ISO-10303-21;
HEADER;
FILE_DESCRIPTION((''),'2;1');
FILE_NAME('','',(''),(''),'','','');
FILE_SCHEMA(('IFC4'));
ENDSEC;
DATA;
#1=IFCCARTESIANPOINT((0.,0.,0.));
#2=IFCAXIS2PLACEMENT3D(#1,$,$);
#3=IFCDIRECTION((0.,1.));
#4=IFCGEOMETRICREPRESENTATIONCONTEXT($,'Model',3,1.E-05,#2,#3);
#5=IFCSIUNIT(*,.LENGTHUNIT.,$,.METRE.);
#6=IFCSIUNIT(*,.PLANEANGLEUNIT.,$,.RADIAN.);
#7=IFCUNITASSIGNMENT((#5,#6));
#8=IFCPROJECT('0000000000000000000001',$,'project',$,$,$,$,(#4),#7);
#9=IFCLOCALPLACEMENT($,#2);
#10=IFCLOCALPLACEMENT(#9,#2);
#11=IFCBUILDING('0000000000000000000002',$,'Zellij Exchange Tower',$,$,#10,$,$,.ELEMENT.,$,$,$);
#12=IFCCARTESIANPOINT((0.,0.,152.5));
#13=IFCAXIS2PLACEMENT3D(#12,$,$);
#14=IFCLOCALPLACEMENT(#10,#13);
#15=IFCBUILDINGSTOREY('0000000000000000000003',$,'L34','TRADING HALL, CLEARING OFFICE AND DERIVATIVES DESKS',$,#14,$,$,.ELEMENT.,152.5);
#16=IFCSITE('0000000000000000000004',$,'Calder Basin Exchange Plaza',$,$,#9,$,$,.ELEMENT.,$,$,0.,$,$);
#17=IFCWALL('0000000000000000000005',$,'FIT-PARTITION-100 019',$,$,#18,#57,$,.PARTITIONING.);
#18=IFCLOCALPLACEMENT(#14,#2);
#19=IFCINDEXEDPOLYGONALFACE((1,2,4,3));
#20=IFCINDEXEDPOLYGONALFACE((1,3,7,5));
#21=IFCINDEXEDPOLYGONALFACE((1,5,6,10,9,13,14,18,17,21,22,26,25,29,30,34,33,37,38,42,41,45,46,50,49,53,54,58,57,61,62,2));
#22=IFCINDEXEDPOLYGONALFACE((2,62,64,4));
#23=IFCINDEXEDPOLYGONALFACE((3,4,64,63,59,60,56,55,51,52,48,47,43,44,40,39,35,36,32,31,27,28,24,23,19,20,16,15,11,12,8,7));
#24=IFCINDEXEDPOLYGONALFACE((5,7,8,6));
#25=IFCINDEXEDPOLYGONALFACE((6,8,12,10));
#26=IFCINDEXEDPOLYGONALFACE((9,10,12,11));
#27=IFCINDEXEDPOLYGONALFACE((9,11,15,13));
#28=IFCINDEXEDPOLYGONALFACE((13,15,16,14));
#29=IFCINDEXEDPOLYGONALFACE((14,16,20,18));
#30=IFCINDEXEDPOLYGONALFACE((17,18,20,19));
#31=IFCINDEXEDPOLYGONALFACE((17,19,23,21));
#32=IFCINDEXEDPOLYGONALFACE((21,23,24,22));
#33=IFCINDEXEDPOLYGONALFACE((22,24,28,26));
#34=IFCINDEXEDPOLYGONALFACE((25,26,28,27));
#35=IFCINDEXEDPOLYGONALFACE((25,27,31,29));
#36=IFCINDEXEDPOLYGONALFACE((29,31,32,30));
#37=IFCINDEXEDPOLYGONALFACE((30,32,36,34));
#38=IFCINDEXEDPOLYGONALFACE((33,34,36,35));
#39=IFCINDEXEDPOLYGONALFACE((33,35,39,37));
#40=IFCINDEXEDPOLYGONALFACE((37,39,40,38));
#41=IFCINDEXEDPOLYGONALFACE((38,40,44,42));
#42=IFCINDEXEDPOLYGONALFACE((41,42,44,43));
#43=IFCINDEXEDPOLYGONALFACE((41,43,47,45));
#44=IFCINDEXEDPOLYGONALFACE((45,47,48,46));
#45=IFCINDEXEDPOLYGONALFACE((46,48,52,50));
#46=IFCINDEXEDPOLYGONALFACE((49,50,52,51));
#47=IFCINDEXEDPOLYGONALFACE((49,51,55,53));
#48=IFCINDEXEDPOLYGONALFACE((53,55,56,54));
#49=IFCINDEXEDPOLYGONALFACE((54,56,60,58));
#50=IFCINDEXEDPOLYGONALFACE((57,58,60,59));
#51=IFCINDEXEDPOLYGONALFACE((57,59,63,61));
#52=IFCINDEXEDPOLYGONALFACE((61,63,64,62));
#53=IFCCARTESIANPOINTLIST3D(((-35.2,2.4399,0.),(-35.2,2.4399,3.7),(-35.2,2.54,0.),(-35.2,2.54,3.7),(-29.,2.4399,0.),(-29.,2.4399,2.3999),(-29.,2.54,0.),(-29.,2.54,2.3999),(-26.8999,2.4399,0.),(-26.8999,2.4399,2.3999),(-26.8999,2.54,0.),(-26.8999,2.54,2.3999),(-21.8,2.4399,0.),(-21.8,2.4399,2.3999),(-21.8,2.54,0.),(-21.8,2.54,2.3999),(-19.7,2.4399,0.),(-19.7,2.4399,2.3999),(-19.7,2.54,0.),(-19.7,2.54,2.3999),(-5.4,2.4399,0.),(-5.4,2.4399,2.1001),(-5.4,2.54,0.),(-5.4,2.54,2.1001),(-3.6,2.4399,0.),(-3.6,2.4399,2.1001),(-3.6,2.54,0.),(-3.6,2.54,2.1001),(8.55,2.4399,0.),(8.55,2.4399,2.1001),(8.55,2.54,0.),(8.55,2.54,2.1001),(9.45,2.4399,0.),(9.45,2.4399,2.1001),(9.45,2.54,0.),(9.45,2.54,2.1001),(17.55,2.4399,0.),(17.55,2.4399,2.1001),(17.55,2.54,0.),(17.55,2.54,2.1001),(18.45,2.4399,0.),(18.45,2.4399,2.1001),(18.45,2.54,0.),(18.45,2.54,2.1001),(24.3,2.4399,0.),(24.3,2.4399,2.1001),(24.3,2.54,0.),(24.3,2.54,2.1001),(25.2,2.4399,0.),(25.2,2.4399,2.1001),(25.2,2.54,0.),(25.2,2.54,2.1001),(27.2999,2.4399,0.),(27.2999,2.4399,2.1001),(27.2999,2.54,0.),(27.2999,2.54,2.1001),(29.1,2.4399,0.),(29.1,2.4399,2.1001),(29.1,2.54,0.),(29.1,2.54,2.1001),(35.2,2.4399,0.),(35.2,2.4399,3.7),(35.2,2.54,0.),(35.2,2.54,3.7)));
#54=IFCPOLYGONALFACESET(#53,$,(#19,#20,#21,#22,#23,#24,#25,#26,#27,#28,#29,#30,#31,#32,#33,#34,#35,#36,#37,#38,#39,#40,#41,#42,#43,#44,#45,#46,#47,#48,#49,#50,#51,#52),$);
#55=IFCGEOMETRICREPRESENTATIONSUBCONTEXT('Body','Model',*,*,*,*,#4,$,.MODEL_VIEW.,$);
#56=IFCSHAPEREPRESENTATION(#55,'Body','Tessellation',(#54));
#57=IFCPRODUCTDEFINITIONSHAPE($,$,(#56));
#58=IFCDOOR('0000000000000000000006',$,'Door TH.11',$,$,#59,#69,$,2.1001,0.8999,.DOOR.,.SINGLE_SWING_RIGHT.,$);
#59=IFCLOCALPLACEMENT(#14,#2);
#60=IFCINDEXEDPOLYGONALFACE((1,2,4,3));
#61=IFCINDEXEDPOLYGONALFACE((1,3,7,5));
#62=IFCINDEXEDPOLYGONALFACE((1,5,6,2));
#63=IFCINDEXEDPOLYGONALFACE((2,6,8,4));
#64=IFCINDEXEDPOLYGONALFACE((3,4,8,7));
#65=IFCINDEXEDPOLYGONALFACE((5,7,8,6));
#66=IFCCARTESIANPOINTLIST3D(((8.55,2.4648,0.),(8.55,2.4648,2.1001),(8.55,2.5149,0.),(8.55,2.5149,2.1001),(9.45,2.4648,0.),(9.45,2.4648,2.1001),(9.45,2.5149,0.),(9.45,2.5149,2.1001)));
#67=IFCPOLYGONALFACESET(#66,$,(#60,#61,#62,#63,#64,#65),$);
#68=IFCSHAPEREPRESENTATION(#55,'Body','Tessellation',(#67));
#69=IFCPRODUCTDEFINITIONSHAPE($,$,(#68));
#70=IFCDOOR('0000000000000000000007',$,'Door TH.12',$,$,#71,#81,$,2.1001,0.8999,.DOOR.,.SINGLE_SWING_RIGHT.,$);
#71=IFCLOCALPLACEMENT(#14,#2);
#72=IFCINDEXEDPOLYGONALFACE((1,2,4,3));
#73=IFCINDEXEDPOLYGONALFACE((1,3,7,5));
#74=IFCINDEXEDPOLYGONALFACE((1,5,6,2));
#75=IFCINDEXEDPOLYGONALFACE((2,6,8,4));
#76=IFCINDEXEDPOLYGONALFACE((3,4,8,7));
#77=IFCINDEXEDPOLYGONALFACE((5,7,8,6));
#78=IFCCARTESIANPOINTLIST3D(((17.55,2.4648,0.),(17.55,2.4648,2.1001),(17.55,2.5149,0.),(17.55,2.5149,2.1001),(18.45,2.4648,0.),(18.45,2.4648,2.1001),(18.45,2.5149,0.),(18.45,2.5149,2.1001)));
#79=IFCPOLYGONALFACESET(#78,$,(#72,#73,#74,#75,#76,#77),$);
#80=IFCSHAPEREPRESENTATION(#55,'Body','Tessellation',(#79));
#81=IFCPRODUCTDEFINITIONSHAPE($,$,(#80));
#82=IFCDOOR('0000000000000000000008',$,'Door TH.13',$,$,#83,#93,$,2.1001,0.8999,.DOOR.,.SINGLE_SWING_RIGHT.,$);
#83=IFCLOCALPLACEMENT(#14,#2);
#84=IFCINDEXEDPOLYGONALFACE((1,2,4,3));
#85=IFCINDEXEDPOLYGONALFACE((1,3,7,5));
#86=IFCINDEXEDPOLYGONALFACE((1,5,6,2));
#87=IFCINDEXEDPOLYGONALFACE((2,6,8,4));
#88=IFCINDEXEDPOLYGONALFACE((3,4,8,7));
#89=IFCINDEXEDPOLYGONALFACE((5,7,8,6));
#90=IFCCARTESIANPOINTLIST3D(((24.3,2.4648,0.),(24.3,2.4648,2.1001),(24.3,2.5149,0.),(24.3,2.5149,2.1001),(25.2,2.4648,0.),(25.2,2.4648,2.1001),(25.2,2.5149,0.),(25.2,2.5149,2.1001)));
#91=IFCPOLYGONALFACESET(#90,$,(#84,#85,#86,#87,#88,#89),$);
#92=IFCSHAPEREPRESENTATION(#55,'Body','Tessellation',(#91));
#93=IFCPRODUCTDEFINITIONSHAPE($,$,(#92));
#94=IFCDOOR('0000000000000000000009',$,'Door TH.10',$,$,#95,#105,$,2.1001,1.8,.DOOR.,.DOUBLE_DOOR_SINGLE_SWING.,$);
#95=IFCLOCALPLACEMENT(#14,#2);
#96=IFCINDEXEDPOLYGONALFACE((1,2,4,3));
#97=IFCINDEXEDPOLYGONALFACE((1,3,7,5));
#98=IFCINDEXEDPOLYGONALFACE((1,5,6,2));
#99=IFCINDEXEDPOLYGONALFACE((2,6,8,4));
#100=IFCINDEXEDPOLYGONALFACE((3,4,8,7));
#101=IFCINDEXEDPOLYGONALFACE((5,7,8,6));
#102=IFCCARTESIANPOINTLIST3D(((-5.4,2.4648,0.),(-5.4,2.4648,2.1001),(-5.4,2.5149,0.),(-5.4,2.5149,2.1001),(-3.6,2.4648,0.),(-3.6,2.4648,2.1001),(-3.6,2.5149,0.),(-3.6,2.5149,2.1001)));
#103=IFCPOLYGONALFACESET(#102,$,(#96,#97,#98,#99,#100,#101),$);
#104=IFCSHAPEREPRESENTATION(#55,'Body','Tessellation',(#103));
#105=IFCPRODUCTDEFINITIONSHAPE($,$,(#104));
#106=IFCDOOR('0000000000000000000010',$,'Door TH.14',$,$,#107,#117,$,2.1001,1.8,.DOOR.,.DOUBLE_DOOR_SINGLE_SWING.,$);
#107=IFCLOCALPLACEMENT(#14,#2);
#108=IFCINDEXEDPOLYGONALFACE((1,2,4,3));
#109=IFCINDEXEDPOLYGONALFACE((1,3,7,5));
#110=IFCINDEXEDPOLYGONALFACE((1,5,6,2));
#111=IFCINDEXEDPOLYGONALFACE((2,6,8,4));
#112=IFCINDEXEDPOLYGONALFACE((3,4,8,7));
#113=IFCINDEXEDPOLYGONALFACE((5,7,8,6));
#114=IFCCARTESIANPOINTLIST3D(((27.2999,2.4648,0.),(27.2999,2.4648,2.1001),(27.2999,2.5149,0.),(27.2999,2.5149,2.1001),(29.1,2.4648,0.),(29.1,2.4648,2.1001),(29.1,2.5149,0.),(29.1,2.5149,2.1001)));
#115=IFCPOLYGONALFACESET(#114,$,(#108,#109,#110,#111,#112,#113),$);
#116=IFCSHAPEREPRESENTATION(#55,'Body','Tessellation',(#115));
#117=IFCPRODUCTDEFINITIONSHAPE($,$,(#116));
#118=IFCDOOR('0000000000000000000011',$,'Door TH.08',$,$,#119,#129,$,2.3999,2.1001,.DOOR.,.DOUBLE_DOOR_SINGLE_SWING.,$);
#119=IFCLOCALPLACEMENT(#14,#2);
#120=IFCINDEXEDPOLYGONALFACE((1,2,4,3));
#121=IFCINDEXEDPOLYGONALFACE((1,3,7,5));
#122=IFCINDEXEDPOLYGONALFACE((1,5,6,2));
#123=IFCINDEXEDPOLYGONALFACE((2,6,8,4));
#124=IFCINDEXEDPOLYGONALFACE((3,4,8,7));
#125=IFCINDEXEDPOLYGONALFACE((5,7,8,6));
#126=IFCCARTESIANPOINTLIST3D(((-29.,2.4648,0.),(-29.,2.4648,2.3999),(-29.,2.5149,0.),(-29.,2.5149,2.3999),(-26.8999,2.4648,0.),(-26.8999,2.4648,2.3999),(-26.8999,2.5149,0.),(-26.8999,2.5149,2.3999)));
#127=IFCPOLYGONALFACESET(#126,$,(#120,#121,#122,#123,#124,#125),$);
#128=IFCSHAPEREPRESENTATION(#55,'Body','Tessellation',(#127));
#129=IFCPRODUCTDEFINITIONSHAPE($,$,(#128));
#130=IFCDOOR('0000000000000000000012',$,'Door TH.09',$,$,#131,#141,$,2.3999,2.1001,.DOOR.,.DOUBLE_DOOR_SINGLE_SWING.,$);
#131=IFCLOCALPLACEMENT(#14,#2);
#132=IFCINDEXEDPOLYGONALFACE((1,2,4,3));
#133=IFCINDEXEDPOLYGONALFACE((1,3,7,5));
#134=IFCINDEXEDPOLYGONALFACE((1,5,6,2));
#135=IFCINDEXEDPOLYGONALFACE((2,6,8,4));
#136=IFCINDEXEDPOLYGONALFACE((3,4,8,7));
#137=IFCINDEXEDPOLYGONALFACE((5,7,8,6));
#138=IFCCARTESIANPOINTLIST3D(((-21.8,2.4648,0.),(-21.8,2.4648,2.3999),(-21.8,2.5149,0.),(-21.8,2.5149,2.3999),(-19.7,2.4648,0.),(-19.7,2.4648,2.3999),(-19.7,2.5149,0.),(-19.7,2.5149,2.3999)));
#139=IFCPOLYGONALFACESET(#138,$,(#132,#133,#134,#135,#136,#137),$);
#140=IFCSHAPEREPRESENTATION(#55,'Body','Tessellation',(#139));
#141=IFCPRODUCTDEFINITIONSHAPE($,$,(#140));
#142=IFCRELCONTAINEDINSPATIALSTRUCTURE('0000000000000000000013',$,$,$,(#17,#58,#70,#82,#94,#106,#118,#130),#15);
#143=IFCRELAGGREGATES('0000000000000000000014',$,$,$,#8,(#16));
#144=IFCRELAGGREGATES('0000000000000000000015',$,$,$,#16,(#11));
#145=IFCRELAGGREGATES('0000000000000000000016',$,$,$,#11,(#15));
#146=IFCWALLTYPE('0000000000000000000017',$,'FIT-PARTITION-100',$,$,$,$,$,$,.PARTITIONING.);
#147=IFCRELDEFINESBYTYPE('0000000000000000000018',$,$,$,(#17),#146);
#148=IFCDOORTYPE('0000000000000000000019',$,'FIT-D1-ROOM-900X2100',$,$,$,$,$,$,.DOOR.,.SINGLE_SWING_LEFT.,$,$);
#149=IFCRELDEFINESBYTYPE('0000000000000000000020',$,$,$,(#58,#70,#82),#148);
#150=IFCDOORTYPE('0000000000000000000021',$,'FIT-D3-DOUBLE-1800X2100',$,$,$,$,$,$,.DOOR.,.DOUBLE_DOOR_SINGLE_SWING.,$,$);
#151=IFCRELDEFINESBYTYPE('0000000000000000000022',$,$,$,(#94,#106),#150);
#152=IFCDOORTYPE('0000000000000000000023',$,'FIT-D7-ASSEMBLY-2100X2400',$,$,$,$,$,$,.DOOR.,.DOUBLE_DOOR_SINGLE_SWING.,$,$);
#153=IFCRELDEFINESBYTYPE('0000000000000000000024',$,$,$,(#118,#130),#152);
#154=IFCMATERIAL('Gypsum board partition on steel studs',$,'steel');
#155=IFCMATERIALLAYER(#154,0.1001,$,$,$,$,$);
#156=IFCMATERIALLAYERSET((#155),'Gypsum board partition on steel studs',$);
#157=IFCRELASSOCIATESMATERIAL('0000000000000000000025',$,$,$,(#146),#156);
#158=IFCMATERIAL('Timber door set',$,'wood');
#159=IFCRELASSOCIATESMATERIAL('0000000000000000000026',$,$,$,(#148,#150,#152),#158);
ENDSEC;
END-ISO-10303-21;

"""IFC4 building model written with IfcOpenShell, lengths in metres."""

from ifc_helpers import new_model, si_unit, direction, frame, frame_2d, origin, place, context, subcontext, project, spatial, rectangle, extrude, material, layer, layer_set, type_object, element, fill, save


model = new_model("IFC4")

# Units and contexts
model_context = context("Model", 3, precision=1e-05, world=origin(), true_north=direction((0.0, 1.0)))
body_context = subcontext(model_context, "Body", "Model", "MODEL_VIEW")
ifc_project = project(units=[si_unit("LENGTHUNIT", "METRE"), si_unit("PLANEANGLEUNIT", "RADIAN")], contexts=[model_context])

# Site, building, storey
site_placement = place(None, origin())
site = spatial("IfcSite", under=ifc_project, at=site_placement, Name="Calder Basin Exchange Plaza", CompositionType="ELEMENT", RefElevation=0.0)
building_placement = place(site_placement, origin())
building = spatial("IfcBuilding", under=site, at=building_placement, Name="Zellij Exchange Tower", CompositionType="ELEMENT")
storey_placement = place(building_placement, frame((0.0, 0.0, 152.5)))
storey = spatial("IfcBuildingStorey", under=building, at=storey_placement, Name="L34", Description="TRADING HALL, CLEARING OFFICE AND DERIVATIVES DESKS", CompositionType="ELEMENT", Elevation=152.5)

# Wall, openings, doors
ifc_material_1 = material(Name="Gypsum board partition on steel studs", Category="steel")
ifc_layer_1 = layer(ifc_material_1, 0.1001)
ifc_layer_set_1 = layer_set([ifc_layer_1], Name="Gypsum board partition on steel studs")
wall_type = type_object("IfcWallType", Name="FIT-PARTITION-100", PredefinedType="PARTITIONING", material=ifc_layer_set_1)
wall_placement = place(storey_placement, frame((-35.2, 2.49, 0.0), z_axis=(0.0, 0.0, 1.0), x_axis=(1.0, 0.0, 0.0)))
wall = element("IfcWall", 1, at=wall_placement, inside=storey, type_object=wall_type, Name="FIT-PARTITION-100 019", PredefinedType="PARTITIONING", context=body_context, shape_type="SweptSolid", body=[
    extrude(rectangle(XDim=70.3999, YDim=0.1001, at=frame_2d((35.2, 0.0))), origin(), (0.0, 0.0, 1.0), 3.7),
])
opening_1_placement = place(wall_placement, frame((6.2, 0.0, 0.0)))
opening_1 = element("IfcOpeningElement", 2, at=opening_1_placement, cuts=wall, PredefinedType="OPENING", context=body_context, shape_type="SweptSolid", body=[
    extrude(rectangle(XDim=2.1001, YDim=2.3999, at=frame_2d((1.05, 1.2))), frame((0.0, 0.062, 0.0), z_axis=(0.0, -1.0, 0.0), x_axis=(1.0, 0.0, 0.0)), (0.0, 0.0, 1.0), 0.124),
])
opening_2_placement = place(wall_placement, frame((13.3999, 0.0, 0.0)))
opening_2 = element("IfcOpeningElement", 3, at=opening_2_placement, cuts=wall, PredefinedType="OPENING", context=body_context, shape_type="SweptSolid", body=[
    extrude(rectangle(XDim=2.1001, YDim=2.3999, at=frame_2d((1.05, 1.2))), frame((0.0, 0.062, 0.0), z_axis=(0.0, -1.0, 0.0), x_axis=(1.0, 0.0, 0.0)), (0.0, 0.0, 1.0), 0.124),
])
opening_3_placement = place(wall_placement, frame((29.8, 0.0, 0.0)))
opening_3 = element("IfcOpeningElement", 4, at=opening_3_placement, cuts=wall, PredefinedType="OPENING", context=body_context, shape_type="SweptSolid", body=[
    extrude(rectangle(XDim=1.8, YDim=2.1001, at=frame_2d((0.8999, 1.05))), frame((0.0, 0.062, 0.0), z_axis=(0.0, -1.0, 0.0), x_axis=(1.0, 0.0, 0.0)), (0.0, 0.0, 1.0), 0.124),
])
opening_4_placement = place(wall_placement, frame((43.75, 0.0, 0.0)))
opening_4 = element("IfcOpeningElement", 5, at=opening_4_placement, cuts=wall, PredefinedType="OPENING", context=body_context, shape_type="SweptSolid", body=[
    extrude(rectangle(XDim=0.8999, YDim=2.1001, at=frame_2d((0.45, 1.05))), frame((0.0, 0.062, 0.0), z_axis=(0.0, -1.0, 0.0), x_axis=(1.0, 0.0, 0.0)), (0.0, 0.0, 1.0), 0.124),
])
opening_5_placement = place(wall_placement, frame((52.75, 0.0, 0.0)))
opening_5 = element("IfcOpeningElement", 6, at=opening_5_placement, cuts=wall, PredefinedType="OPENING", context=body_context, shape_type="SweptSolid", body=[
    extrude(rectangle(XDim=0.8999, YDim=2.1001, at=frame_2d((0.45, 1.05))), frame((0.0, 0.062, 0.0), z_axis=(0.0, -1.0, 0.0), x_axis=(1.0, 0.0, 0.0)), (0.0, 0.0, 1.0), 0.124),
])
opening_6_placement = place(wall_placement, frame((59.5, 0.0, 0.0)))
opening_6 = element("IfcOpeningElement", 7, at=opening_6_placement, cuts=wall, PredefinedType="OPENING", context=body_context, shape_type="SweptSolid", body=[
    extrude(rectangle(XDim=0.8999, YDim=2.1001, at=frame_2d((0.45, 1.05))), frame((0.0, 0.062, 0.0), z_axis=(0.0, -1.0, 0.0), x_axis=(1.0, 0.0, 0.0)), (0.0, 0.0, 1.0), 0.124),
])
opening_7_placement = place(wall_placement, frame((62.5, 0.0, 0.0)))
opening_7 = element("IfcOpeningElement", 8, at=opening_7_placement, cuts=wall, PredefinedType="OPENING", context=body_context, shape_type="SweptSolid", body=[
    extrude(rectangle(XDim=1.8, YDim=2.1001, at=frame_2d((0.8999, 1.05))), frame((0.0, 0.062, 0.0), z_axis=(0.0, -1.0, 0.0), x_axis=(1.0, 0.0, 0.0)), (0.0, 0.0, 1.0), 0.124),
])
ifc_material_2 = material(Name="Timber door set", Category="wood")
door_type_1 = type_object("IfcDoorType", Name="FIT-D1-ROOM-900X2100", OperationType="SINGLE_SWING_LEFT", PredefinedType="DOOR", material=ifc_material_2)
door_1_placement = place(opening_4_placement, origin())
door_1 = element("IfcDoor", 9, at=door_1_placement, inside=storey, type_object=door_type_1, Name="Door TH.11", OperationType="SINGLE_SWING_RIGHT", OverallHeight=2.1001, OverallWidth=0.8999, PredefinedType="DOOR", context=body_context, shape_type="SweptSolid", body=[
    extrude(rectangle(XDim=0.8999, YDim=2.1001, at=frame_2d((0.45, 1.05))), frame((0.0, 0.0249, 0.0), z_axis=(0.0, -1.0, 0.0), x_axis=(1.0, 0.0, 0.0)), (0.0, 0.0, 1.0), 0.05),
])
fill(opening_4, door_1)
door_2_placement = place(opening_5_placement, origin())
door_2 = element("IfcDoor", 10, at=door_2_placement, inside=storey, type_object=door_type_1, Name="Door TH.12", OperationType="SINGLE_SWING_RIGHT", OverallHeight=2.1001, OverallWidth=0.8999, PredefinedType="DOOR", context=body_context, shape_type="SweptSolid", body=[
    extrude(rectangle(XDim=0.8999, YDim=2.1001, at=frame_2d((0.45, 1.05))), frame((0.0, 0.0249, 0.0), z_axis=(0.0, -1.0, 0.0), x_axis=(1.0, 0.0, 0.0)), (0.0, 0.0, 1.0), 0.05),
])
fill(opening_5, door_2)
door_3_placement = place(opening_6_placement, origin())
door_3 = element("IfcDoor", 11, at=door_3_placement, inside=storey, type_object=door_type_1, Name="Door TH.13", OperationType="SINGLE_SWING_RIGHT", OverallHeight=2.1001, OverallWidth=0.8999, PredefinedType="DOOR", context=body_context, shape_type="SweptSolid", body=[
    extrude(rectangle(XDim=0.8999, YDim=2.1001, at=frame_2d((0.45, 1.05))), frame((0.0, 0.0249, 0.0), z_axis=(0.0, -1.0, 0.0), x_axis=(1.0, 0.0, 0.0)), (0.0, 0.0, 1.0), 0.05),
])
fill(opening_6, door_3)
door_type_2 = type_object("IfcDoorType", Name="FIT-D3-DOUBLE-1800X2100", OperationType="DOUBLE_DOOR_SINGLE_SWING", PredefinedType="DOOR", material=ifc_material_2)
door_4_placement = place(opening_3_placement, origin())
door_4 = element("IfcDoor", 12, at=door_4_placement, inside=storey, type_object=door_type_2, Name="Door TH.10", OperationType="DOUBLE_DOOR_SINGLE_SWING", OverallHeight=2.1001, OverallWidth=1.8, PredefinedType="DOOR", context=body_context, shape_type="SweptSolid", body=[
    extrude(rectangle(XDim=1.8, YDim=2.1001, at=frame_2d((0.8999, 1.05))), frame((0.0, 0.0249, 0.0), z_axis=(0.0, -1.0, 0.0), x_axis=(1.0, 0.0, 0.0)), (0.0, 0.0, 1.0), 0.05),
])
fill(opening_3, door_4)
door_5_placement = place(opening_7_placement, origin())
door_5 = element("IfcDoor", 13, at=door_5_placement, inside=storey, type_object=door_type_2, Name="Door TH.14", OperationType="DOUBLE_DOOR_SINGLE_SWING", OverallHeight=2.1001, OverallWidth=1.8, PredefinedType="DOOR", context=body_context, shape_type="SweptSolid", body=[
    extrude(rectangle(XDim=1.8, YDim=2.1001, at=frame_2d((0.8999, 1.05))), frame((0.0, 0.0249, 0.0), z_axis=(0.0, -1.0, 0.0), x_axis=(1.0, 0.0, 0.0)), (0.0, 0.0, 1.0), 0.05),
])
fill(opening_7, door_5)
door_type_3 = type_object("IfcDoorType", Name="FIT-D7-ASSEMBLY-2100X2400", OperationType="DOUBLE_DOOR_SINGLE_SWING", PredefinedType="DOOR", material=ifc_material_2)
door_6_placement = place(opening_1_placement, origin())
door_6 = element("IfcDoor", 14, at=door_6_placement, inside=storey, type_object=door_type_3, Name="Door TH.08", OperationType="DOUBLE_DOOR_SINGLE_SWING", OverallHeight=2.3999, OverallWidth=2.1001, PredefinedType="DOOR", context=body_context, shape_type="SweptSolid", body=[
    extrude(rectangle(XDim=2.1001, YDim=2.3999, at=frame_2d((1.05, 1.2))), frame((0.0, 0.0249, 0.0), z_axis=(0.0, -1.0, 0.0), x_axis=(1.0, 0.0, 0.0)), (0.0, 0.0, 1.0), 0.05),
])
fill(opening_1, door_6)
door_7_placement = place(opening_2_placement, origin())
door_7 = element("IfcDoor", 15, at=door_7_placement, inside=storey, type_object=door_type_3, Name="Door TH.09", OperationType="DOUBLE_DOOR_SINGLE_SWING", OverallHeight=2.3999, OverallWidth=2.1001, PredefinedType="DOOR", context=body_context, shape_type="SweptSolid", body=[
    extrude(rectangle(XDim=2.1001, YDim=2.3999, at=frame_2d((1.05, 1.2))), frame((0.0, 0.0249, 0.0), z_axis=(0.0, -1.0, 0.0), x_axis=(1.0, 0.0, 0.0)), (0.0, 0.0, 1.0), 0.05),
])
fill(opening_2, door_7)

save(model, "model.ifc")
